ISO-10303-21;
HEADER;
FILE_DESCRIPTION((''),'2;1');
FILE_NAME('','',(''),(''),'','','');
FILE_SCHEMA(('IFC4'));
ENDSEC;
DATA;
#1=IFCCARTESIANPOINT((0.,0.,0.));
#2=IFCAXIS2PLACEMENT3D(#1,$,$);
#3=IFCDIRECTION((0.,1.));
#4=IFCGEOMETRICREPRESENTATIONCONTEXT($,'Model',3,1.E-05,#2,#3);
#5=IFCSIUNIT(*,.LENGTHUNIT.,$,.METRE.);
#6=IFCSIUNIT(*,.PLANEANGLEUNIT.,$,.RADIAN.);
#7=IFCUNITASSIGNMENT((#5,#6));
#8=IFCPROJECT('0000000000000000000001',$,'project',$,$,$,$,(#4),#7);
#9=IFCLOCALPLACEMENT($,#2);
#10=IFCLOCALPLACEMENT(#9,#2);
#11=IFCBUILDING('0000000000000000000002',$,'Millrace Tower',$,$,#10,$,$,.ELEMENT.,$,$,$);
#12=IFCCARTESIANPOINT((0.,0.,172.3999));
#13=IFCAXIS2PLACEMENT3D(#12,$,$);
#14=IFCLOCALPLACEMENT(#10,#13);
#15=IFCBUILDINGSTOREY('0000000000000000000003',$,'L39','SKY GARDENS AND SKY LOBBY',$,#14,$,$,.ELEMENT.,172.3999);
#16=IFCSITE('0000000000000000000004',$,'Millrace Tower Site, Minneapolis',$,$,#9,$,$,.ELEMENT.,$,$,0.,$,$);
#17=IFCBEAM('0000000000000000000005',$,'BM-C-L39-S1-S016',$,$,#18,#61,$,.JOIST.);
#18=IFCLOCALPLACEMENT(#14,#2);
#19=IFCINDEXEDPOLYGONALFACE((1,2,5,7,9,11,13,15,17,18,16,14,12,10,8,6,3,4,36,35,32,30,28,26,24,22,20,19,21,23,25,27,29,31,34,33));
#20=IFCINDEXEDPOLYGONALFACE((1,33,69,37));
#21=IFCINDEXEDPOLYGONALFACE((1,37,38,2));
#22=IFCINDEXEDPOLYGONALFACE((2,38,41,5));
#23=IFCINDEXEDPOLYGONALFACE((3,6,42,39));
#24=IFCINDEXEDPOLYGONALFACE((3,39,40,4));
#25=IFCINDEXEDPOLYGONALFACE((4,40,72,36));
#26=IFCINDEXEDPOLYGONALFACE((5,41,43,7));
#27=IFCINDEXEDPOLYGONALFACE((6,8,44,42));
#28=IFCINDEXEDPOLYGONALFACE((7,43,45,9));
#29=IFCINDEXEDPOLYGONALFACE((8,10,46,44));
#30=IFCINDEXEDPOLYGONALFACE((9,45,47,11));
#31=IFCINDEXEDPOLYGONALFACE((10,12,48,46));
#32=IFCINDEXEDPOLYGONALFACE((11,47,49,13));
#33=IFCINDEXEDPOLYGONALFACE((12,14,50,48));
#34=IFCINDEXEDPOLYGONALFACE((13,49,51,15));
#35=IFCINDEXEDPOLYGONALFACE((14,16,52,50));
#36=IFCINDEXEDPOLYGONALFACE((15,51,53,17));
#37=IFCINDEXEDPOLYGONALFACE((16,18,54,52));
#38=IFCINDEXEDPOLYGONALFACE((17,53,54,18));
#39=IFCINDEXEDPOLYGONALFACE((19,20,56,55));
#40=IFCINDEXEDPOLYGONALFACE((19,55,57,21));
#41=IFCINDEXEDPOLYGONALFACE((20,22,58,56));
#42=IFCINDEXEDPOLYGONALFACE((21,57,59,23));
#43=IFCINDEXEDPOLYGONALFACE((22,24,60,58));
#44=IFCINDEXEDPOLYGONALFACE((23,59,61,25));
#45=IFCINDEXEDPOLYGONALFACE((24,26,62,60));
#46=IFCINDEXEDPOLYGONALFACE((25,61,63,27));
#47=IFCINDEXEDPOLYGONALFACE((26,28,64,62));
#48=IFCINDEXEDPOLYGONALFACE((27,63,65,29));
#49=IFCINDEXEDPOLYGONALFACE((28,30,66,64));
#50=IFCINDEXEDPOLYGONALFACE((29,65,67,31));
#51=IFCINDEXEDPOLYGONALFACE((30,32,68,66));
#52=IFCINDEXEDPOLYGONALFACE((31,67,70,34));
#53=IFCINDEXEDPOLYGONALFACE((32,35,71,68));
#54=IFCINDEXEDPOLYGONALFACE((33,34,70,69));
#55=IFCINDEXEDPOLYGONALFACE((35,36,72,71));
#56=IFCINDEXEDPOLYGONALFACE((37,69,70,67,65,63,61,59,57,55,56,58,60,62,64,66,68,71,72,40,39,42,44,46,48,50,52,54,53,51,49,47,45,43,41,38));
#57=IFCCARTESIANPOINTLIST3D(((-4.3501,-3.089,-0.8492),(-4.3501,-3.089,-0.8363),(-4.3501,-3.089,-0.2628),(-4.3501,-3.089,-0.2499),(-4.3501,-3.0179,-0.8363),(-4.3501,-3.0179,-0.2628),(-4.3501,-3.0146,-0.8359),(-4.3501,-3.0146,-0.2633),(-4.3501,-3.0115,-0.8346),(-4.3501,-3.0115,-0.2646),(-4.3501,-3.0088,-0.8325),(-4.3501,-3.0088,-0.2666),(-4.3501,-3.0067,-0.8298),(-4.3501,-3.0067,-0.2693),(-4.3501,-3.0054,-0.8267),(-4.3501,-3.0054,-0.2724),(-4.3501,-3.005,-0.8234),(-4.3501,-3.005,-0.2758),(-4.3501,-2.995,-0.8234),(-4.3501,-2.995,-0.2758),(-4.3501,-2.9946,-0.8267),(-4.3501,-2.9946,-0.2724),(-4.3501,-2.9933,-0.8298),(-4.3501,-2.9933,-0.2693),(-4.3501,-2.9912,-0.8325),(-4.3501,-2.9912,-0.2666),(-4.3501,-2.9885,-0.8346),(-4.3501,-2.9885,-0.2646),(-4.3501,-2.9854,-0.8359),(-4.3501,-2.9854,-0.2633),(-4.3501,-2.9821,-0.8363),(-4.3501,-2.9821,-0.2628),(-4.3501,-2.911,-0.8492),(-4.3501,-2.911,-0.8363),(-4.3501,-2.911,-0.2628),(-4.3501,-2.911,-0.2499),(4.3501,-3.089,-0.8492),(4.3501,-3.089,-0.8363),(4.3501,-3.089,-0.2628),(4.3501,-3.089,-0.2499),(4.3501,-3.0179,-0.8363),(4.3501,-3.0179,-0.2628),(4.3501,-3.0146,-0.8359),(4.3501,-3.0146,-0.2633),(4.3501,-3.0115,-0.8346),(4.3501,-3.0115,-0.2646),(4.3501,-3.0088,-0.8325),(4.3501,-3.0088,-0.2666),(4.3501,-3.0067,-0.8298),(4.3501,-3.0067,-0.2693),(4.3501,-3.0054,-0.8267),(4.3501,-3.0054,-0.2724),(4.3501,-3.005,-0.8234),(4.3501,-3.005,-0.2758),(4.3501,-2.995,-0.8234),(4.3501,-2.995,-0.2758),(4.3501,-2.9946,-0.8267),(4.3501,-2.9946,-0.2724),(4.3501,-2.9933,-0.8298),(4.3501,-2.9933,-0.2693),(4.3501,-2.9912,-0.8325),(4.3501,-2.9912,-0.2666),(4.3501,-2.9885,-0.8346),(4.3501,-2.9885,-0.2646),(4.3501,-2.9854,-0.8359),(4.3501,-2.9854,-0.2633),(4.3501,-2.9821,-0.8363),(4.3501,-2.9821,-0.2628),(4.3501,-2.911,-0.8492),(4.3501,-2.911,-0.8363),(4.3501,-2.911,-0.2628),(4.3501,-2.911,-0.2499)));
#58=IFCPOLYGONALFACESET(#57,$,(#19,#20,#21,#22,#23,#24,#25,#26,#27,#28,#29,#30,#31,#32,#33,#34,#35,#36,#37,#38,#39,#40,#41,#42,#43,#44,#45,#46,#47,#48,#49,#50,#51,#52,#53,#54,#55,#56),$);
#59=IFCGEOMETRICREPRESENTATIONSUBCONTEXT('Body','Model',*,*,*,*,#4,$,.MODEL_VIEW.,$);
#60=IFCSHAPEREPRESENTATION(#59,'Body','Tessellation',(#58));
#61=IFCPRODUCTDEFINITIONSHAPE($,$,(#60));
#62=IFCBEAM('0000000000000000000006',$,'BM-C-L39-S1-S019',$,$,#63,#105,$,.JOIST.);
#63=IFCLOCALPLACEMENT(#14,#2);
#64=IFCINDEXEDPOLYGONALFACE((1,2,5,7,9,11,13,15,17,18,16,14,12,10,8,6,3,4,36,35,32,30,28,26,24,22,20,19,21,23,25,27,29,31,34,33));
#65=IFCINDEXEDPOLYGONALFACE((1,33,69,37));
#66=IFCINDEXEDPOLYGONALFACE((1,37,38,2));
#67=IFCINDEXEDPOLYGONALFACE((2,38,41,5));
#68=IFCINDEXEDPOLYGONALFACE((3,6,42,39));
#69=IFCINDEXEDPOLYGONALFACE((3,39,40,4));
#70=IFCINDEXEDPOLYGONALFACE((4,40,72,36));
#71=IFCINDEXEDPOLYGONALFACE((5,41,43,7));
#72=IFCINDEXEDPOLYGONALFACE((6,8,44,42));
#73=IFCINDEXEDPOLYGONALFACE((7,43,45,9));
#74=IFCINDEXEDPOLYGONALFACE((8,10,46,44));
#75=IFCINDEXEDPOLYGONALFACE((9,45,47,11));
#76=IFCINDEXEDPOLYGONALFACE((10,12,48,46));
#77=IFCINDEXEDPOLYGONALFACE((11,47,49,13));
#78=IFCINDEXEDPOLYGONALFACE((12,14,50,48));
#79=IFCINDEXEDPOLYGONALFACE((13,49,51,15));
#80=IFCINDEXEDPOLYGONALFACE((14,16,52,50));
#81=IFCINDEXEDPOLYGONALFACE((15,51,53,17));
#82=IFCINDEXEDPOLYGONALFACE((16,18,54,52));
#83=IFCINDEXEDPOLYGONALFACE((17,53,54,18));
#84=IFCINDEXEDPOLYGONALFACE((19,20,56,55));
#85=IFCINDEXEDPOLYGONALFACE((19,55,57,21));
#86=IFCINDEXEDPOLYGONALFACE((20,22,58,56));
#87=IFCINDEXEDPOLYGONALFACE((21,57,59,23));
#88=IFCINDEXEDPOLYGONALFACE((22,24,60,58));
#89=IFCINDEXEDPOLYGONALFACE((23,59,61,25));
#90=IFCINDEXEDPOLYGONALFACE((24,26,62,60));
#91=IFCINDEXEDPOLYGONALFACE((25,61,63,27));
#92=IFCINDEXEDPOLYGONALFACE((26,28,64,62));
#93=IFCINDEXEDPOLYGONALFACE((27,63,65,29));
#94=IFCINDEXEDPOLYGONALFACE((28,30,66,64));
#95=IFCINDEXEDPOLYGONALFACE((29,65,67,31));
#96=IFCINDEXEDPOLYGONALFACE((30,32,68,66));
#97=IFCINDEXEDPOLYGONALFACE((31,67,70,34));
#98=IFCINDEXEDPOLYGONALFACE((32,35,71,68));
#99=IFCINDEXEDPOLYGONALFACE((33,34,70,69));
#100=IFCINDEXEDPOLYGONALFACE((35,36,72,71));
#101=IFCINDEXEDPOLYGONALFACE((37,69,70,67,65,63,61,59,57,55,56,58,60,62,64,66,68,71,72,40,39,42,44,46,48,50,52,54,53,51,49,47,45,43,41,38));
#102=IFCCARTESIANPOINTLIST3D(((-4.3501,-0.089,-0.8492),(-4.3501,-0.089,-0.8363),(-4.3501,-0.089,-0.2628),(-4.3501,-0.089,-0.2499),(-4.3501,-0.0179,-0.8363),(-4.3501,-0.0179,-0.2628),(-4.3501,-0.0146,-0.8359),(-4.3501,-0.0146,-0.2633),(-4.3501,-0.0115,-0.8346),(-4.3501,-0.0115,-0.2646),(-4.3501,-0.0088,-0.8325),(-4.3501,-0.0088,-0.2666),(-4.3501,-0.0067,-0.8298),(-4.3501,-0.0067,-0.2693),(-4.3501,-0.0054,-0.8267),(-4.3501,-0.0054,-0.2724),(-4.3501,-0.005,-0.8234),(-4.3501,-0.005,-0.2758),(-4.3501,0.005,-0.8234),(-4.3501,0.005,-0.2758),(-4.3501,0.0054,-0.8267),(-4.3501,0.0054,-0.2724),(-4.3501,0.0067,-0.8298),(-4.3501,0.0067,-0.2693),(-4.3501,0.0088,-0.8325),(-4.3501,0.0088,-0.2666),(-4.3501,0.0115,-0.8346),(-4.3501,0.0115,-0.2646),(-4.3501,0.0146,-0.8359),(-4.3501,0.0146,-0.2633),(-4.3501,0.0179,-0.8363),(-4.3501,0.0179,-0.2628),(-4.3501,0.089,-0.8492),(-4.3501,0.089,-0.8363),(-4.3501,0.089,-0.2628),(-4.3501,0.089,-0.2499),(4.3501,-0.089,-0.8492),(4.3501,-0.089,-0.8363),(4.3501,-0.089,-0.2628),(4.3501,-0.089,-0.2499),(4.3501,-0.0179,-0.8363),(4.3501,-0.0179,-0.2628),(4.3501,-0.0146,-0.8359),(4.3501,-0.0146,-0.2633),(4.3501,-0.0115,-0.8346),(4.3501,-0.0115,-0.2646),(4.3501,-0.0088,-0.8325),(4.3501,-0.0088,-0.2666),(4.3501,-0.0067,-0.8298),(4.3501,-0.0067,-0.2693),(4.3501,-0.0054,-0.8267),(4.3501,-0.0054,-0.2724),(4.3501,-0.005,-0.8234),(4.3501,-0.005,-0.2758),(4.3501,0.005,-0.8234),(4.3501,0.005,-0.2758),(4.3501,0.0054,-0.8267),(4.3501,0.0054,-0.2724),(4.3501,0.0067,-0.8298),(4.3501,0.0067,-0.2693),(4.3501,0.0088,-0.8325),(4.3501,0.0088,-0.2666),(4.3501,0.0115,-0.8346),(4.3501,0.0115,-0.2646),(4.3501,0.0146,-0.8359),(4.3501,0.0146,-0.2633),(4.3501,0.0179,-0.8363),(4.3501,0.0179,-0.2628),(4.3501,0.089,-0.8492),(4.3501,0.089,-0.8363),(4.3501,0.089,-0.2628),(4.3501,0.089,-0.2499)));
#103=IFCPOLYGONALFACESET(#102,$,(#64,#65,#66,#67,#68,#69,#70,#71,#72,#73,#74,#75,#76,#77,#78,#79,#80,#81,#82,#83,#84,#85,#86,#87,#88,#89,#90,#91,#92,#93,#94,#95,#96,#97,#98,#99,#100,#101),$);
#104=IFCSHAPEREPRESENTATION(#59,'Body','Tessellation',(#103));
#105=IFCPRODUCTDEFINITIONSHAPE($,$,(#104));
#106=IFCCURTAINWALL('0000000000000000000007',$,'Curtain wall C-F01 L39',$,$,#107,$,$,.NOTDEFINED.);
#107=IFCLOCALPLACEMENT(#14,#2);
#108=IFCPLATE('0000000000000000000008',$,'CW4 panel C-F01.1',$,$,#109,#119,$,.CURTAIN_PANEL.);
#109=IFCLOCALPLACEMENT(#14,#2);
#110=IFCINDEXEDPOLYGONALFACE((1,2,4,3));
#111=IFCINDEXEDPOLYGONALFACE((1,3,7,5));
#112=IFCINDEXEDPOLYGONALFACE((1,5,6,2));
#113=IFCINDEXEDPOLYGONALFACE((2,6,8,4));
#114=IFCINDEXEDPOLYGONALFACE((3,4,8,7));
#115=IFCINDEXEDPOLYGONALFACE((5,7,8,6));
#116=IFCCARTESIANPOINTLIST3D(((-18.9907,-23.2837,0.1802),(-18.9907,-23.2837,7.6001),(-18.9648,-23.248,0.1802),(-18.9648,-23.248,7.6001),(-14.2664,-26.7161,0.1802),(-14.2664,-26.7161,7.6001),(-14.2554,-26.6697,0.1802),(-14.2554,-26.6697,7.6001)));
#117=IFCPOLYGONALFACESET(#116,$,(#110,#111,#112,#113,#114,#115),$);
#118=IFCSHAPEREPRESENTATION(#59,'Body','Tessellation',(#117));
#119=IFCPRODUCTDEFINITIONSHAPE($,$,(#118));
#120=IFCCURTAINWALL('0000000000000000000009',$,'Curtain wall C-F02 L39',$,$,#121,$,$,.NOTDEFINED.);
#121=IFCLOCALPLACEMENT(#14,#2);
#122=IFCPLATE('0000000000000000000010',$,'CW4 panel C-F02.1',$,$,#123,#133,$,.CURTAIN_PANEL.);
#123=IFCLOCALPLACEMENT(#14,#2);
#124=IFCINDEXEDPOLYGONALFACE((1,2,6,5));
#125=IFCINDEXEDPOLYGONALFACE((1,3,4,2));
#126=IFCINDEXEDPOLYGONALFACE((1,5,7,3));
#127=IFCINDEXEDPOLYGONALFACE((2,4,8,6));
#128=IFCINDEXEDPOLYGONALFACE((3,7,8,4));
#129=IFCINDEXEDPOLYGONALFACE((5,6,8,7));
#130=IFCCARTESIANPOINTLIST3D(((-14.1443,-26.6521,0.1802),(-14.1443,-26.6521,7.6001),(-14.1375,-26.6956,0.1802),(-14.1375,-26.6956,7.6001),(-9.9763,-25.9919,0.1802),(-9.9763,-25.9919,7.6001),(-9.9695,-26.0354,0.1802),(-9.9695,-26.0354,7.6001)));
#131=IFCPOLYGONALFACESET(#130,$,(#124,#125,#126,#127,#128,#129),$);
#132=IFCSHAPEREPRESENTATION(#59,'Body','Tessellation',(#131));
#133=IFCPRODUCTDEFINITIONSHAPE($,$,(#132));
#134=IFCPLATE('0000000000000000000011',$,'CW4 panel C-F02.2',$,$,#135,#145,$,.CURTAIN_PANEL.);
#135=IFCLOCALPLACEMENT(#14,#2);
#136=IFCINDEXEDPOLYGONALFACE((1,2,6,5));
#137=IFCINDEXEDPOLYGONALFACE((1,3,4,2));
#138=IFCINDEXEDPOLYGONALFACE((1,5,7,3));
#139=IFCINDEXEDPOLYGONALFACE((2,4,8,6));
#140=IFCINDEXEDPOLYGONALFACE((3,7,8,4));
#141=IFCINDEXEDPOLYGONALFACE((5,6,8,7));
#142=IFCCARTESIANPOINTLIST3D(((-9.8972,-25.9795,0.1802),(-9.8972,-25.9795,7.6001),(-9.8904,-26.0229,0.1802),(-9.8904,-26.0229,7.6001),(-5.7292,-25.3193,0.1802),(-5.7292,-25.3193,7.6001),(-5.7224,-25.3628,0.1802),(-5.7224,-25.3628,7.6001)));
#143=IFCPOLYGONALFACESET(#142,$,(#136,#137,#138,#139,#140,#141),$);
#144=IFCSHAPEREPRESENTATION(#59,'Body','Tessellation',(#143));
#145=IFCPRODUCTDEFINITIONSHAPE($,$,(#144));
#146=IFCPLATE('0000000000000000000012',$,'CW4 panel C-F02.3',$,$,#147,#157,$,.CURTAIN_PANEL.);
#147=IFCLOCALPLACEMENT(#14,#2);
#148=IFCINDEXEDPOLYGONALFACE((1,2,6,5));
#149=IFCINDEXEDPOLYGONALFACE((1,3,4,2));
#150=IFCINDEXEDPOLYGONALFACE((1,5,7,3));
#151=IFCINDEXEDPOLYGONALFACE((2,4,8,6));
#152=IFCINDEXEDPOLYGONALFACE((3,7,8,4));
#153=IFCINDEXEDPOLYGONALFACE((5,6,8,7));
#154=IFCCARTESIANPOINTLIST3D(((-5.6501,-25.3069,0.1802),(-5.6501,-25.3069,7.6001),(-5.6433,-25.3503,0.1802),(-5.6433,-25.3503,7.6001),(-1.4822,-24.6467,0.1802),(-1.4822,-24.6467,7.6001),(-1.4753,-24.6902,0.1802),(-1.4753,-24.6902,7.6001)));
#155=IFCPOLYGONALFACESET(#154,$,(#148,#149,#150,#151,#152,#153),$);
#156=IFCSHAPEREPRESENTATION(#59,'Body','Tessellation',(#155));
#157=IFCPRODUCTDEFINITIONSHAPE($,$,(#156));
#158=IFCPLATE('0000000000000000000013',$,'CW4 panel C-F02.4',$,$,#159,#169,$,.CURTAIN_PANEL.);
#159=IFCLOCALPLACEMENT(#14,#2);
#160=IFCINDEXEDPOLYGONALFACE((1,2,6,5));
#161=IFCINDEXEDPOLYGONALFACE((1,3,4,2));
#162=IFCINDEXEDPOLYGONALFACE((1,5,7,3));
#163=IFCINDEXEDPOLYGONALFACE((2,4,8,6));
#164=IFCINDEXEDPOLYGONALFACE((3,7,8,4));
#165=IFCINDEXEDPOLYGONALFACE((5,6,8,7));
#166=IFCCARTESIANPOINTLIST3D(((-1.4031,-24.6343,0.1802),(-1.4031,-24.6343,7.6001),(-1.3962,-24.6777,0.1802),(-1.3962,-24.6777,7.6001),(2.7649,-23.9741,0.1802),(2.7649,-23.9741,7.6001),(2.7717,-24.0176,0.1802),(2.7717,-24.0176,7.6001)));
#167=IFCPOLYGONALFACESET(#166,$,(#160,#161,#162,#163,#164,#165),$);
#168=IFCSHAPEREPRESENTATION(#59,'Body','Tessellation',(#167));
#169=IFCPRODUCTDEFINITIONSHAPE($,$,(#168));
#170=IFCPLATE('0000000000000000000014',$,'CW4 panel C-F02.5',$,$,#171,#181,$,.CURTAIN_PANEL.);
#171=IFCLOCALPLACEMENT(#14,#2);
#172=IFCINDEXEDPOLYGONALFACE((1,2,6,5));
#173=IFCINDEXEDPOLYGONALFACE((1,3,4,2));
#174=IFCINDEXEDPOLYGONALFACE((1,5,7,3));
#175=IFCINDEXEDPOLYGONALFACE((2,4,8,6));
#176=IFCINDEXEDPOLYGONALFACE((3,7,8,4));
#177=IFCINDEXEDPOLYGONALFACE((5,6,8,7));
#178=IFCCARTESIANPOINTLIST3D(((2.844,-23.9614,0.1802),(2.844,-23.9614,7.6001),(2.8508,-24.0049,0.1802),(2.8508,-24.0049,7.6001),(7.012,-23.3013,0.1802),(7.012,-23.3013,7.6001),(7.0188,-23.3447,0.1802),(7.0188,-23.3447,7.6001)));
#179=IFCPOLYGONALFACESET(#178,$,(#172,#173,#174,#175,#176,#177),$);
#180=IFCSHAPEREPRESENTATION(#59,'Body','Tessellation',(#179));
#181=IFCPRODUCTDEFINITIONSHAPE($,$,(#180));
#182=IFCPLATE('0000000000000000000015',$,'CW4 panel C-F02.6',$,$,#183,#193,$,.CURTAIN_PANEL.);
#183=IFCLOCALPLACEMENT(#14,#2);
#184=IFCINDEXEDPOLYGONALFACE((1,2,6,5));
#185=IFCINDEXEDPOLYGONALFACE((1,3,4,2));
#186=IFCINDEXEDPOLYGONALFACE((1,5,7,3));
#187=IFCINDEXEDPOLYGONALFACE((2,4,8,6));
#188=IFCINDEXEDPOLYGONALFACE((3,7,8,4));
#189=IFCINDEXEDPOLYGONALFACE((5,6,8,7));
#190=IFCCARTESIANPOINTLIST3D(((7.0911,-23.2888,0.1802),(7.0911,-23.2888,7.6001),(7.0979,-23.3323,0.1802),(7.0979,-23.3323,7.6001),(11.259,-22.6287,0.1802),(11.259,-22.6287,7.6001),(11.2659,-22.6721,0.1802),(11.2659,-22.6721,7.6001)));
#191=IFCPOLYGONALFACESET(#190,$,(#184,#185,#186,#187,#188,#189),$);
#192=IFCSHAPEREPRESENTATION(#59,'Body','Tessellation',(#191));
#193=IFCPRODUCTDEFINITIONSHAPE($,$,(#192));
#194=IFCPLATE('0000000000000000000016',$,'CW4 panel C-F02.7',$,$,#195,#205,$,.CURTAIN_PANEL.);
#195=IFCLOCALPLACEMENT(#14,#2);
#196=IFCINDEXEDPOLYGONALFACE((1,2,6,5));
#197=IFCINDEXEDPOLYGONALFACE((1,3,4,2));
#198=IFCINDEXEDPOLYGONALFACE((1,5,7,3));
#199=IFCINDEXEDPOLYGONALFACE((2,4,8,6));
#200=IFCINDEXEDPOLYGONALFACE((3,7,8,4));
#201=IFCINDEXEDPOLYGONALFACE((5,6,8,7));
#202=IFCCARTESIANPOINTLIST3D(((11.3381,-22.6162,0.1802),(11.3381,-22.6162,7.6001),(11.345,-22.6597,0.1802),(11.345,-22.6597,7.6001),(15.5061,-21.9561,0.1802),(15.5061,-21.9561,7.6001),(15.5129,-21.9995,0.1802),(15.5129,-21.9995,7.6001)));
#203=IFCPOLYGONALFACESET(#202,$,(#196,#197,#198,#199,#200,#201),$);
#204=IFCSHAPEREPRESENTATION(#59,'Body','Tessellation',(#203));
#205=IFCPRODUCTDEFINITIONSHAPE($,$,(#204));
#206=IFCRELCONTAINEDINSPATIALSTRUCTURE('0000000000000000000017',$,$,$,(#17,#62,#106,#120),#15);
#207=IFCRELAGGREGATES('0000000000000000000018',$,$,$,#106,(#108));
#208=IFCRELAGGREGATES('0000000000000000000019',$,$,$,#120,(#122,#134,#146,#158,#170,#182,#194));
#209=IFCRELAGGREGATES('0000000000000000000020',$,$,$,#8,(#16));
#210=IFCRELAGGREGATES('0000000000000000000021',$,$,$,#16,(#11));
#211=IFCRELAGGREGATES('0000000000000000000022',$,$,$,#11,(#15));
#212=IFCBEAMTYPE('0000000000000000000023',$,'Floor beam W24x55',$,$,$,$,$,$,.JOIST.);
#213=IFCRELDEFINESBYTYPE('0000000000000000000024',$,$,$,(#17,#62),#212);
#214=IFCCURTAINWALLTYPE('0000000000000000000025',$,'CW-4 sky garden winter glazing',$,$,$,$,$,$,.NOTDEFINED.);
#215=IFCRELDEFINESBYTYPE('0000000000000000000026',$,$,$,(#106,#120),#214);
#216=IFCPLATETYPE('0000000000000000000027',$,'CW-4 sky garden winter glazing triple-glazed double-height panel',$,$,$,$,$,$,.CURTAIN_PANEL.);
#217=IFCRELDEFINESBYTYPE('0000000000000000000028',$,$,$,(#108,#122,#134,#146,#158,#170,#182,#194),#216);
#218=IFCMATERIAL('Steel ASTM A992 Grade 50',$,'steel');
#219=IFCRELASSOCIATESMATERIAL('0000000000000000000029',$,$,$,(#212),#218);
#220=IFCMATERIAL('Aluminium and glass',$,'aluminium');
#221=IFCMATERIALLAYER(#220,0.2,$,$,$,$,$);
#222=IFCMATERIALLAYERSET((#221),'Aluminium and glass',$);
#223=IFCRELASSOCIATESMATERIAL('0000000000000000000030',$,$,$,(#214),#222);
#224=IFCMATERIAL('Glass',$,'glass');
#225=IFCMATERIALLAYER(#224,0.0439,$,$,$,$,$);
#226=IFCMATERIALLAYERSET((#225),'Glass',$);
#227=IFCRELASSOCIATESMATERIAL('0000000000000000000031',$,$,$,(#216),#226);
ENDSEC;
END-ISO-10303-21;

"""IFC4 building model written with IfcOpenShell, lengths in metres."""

from ifc_helpers import new_model, si_unit, direction, frame, origin, origin_2d, place, context, subcontext, project, spatial, polyline, i_section, outline, extrude, material, layer, layer_set, material_profile, profile_set, type_object, element, aggregate, save


model = new_model("IFC4")

# Units and contexts
model_context = context("Model", 3, precision=1e-05, world=origin(), true_north=direction((0.0, 1.0)))
body_context = subcontext(model_context, "Body", "Model", "MODEL_VIEW")
ifc_project = project(units=[si_unit("LENGTHUNIT", "METRE"), si_unit("PLANEANGLEUNIT", "RADIAN")], contexts=[model_context])

# Site, building, storey
site_placement = place(None, origin())
site = spatial("IfcSite", under=ifc_project, at=site_placement, Name="Millrace Tower Site, Minneapolis", CompositionType="ELEMENT", RefElevation=0.0)
building_placement = place(site_placement, origin())
building = spatial("IfcBuilding", under=site, at=building_placement, Name="Millrace Tower", CompositionType="ELEMENT")
storey_placement = place(building_placement, frame((0.0, 0.0, 172.3999)))
storey = spatial("IfcBuildingStorey", under=building, at=storey_placement, Name="L39", Description="SKY GARDENS AND SKY LOBBY", CompositionType="ELEMENT", Elevation=172.3999)

# Beams
ifc_material_1 = material(Name="Steel ASTM A992 Grade 50", Category="steel")
ifc_material_profile = material_profile(ifc_material_1, i_section(OverallWidth=0.178, OverallDepth=0.5994, WebThickness=0.01, FlangeThickness=0.0129, FilletRadius=0.0129, at=origin_2d()))
ifc_profile_set = profile_set([ifc_material_profile], Name="Steel ASTM A992 Grade 50")
beam_type = type_object("IfcBeamType", Name="Floor beam W24x55", PredefinedType="JOIST", material=ifc_profile_set)
for number, where, z_axis, x_axis, name in (
    (1, (-4.3501, -3.0, -0.5496), (1.0, 0.0, 0.0), (0.0, 1.0, 0.0), "BM-C-L39-S1-S016"),
    (2, (-4.3501, 0.0, -0.5496), (1.0, 0.0, 0.0), (0.0, 1.0, 0.0), "BM-C-L39-S1-S019"),
):
    element("IfcBeam", number, at=place(storey_placement, frame(where, z_axis=z_axis, x_axis=x_axis)), inside=storey, type_object=beam_type, Name=name, PredefinedType="JOIST", context=body_context, shape_type="SweptSolid", body=[
        extrude(i_section(OverallWidth=0.178, OverallDepth=0.5994, WebThickness=0.01, FlangeThickness=0.0129, FilletRadius=0.0129, at=origin_2d()), origin(), (0.0, 0.0, 1.0), 8.7002),
    ])

# Curtain wall, plate
ifc_material_2 = material(Name="Aluminium and glass", Category="aluminium")
ifc_layer_1 = layer(ifc_material_2, 0.2)
ifc_layer_set_1 = layer_set([ifc_layer_1], Name="Aluminium and glass")
curtain_wall_type = type_object("IfcCurtainWallType", Name="CW-4 sky garden winter glazing", PredefinedType="NOTDEFINED", material=ifc_layer_set_1)
placement_1 = place(storey_placement, origin())
curtain_wall_1 = element("IfcCurtainWall", 3, at=placement_1, inside=storey, type_object=curtain_wall_type, Name="Curtain wall C-F01 L39", PredefinedType="NOTDEFINED")
ifc_material_3 = material(Name="Glass", Category="glass")
ifc_layer_2 = layer(ifc_material_3, 0.0439)
ifc_layer_set_2 = layer_set([ifc_layer_2], Name="Glass")
plate_type = type_object("IfcPlateType", Name="CW-4 sky garden winter glazing triple-glazed double-height panel", PredefinedType="CURTAIN_PANEL", material=ifc_layer_set_2)
placement_2 = place(storey_placement, frame((0.0, 0.0, 0.1802)))
plate_1 = element("IfcPlate", 4, at=placement_2, type_object=plate_type, Name="CW4 panel C-F01.1", PredefinedType="CURTAIN_PANEL", context=body_context, shape_type="SweptSolid", body=[
    extrude(outline(polyline([(-18.9907, -23.2837), (-14.2664, -26.7161), (-14.2554, -26.6697), (-18.9648, -23.248), (-18.9907, -23.2837)])), origin(), (0.0, 0.0, 1.0), 7.4199),
])
aggregate(curtain_wall_1, [plate_1])

# Curtain wall, plates
curtain_wall_2 = element("IfcCurtainWall", 5, at=placement_1, inside=storey, type_object=curtain_wall_type, Name="Curtain wall C-F02 L39", PredefinedType="NOTDEFINED")
plate_2 = element("IfcPlate", 6, at=placement_2, type_object=plate_type, Name="CW4 panel C-F02.1", PredefinedType="CURTAIN_PANEL", context=body_context, shape_type="SweptSolid", body=[
    extrude(outline(polyline([(-14.1375, -26.6956), (-9.9695, -26.0354), (-9.9763, -25.9919), (-14.1443, -26.6521), (-14.1375, -26.6956)])), origin(), (0.0, 0.0, 1.0), 7.4199),
])
plate_3 = element("IfcPlate", 7, at=placement_2, type_object=plate_type, Name="CW4 panel C-F02.2", PredefinedType="CURTAIN_PANEL", context=body_context, shape_type="SweptSolid", body=[
    extrude(outline(polyline([(-9.8904, -26.0229), (-5.7224, -25.3628), (-5.7292, -25.3193), (-9.8972, -25.9795), (-9.8904, -26.0229)])), origin(), (0.0, 0.0, 1.0), 7.4199),
])
plate_4 = element("IfcPlate", 8, at=placement_2, type_object=plate_type, Name="CW4 panel C-F02.3", PredefinedType="CURTAIN_PANEL", context=body_context, shape_type="SweptSolid", body=[
    extrude(outline(polyline([(-5.6433, -25.3503), (-1.4753, -24.6902), (-1.4822, -24.6467), (-5.6501, -25.3069), (-5.6433, -25.3503)])), origin(), (0.0, 0.0, 1.0), 7.4199),
])
plate_5 = element("IfcPlate", 9, at=placement_2, type_object=plate_type, Name="CW4 panel C-F02.4", PredefinedType="CURTAIN_PANEL", context=body_context, shape_type="SweptSolid", body=[
    extrude(outline(polyline([(-1.3962, -24.6777), (2.7717, -24.0176), (2.7649, -23.9741), (-1.4031, -24.6343), (-1.3962, -24.6777)])), origin(), (0.0, 0.0, 1.0), 7.4199),
])
plate_6 = element("IfcPlate", 10, at=placement_2, type_object=plate_type, Name="CW4 panel C-F02.5", PredefinedType="CURTAIN_PANEL", context=body_context, shape_type="SweptSolid", body=[
    extrude(outline(polyline([(2.8508, -24.0049), (7.0188, -23.3447), (7.012, -23.3013), (2.844, -23.9614), (2.8508, -24.0049)])), origin(), (0.0, 0.0, 1.0), 7.4199),
])
plate_7 = element("IfcPlate", 11, at=placement_2, type_object=plate_type, Name="CW4 panel C-F02.6", PredefinedType="CURTAIN_PANEL", context=body_context, shape_type="SweptSolid", body=[
    extrude(outline(polyline([(7.0979, -23.3323), (11.2659, -22.6721), (11.259, -22.6287), (7.0911, -23.2888), (7.0979, -23.3323)])), origin(), (0.0, 0.0, 1.0), 7.4199),
])
plate_8 = element("IfcPlate", 12, at=placement_2, type_object=plate_type, Name="CW4 panel C-F02.7", PredefinedType="CURTAIN_PANEL", context=body_context, shape_type="SweptSolid", body=[
    extrude(outline(polyline([(11.345, -22.6597), (15.5129, -21.9995), (15.5061, -21.9561), (11.3381, -22.6162), (11.345, -22.6597)])), origin(), (0.0, 0.0, 1.0), 7.4199),
])
aggregate(curtain_wall_2, [plate_2, plate_3, plate_4, plate_5, plate_6, plate_7, plate_8])

save(model, "model.ifc")
